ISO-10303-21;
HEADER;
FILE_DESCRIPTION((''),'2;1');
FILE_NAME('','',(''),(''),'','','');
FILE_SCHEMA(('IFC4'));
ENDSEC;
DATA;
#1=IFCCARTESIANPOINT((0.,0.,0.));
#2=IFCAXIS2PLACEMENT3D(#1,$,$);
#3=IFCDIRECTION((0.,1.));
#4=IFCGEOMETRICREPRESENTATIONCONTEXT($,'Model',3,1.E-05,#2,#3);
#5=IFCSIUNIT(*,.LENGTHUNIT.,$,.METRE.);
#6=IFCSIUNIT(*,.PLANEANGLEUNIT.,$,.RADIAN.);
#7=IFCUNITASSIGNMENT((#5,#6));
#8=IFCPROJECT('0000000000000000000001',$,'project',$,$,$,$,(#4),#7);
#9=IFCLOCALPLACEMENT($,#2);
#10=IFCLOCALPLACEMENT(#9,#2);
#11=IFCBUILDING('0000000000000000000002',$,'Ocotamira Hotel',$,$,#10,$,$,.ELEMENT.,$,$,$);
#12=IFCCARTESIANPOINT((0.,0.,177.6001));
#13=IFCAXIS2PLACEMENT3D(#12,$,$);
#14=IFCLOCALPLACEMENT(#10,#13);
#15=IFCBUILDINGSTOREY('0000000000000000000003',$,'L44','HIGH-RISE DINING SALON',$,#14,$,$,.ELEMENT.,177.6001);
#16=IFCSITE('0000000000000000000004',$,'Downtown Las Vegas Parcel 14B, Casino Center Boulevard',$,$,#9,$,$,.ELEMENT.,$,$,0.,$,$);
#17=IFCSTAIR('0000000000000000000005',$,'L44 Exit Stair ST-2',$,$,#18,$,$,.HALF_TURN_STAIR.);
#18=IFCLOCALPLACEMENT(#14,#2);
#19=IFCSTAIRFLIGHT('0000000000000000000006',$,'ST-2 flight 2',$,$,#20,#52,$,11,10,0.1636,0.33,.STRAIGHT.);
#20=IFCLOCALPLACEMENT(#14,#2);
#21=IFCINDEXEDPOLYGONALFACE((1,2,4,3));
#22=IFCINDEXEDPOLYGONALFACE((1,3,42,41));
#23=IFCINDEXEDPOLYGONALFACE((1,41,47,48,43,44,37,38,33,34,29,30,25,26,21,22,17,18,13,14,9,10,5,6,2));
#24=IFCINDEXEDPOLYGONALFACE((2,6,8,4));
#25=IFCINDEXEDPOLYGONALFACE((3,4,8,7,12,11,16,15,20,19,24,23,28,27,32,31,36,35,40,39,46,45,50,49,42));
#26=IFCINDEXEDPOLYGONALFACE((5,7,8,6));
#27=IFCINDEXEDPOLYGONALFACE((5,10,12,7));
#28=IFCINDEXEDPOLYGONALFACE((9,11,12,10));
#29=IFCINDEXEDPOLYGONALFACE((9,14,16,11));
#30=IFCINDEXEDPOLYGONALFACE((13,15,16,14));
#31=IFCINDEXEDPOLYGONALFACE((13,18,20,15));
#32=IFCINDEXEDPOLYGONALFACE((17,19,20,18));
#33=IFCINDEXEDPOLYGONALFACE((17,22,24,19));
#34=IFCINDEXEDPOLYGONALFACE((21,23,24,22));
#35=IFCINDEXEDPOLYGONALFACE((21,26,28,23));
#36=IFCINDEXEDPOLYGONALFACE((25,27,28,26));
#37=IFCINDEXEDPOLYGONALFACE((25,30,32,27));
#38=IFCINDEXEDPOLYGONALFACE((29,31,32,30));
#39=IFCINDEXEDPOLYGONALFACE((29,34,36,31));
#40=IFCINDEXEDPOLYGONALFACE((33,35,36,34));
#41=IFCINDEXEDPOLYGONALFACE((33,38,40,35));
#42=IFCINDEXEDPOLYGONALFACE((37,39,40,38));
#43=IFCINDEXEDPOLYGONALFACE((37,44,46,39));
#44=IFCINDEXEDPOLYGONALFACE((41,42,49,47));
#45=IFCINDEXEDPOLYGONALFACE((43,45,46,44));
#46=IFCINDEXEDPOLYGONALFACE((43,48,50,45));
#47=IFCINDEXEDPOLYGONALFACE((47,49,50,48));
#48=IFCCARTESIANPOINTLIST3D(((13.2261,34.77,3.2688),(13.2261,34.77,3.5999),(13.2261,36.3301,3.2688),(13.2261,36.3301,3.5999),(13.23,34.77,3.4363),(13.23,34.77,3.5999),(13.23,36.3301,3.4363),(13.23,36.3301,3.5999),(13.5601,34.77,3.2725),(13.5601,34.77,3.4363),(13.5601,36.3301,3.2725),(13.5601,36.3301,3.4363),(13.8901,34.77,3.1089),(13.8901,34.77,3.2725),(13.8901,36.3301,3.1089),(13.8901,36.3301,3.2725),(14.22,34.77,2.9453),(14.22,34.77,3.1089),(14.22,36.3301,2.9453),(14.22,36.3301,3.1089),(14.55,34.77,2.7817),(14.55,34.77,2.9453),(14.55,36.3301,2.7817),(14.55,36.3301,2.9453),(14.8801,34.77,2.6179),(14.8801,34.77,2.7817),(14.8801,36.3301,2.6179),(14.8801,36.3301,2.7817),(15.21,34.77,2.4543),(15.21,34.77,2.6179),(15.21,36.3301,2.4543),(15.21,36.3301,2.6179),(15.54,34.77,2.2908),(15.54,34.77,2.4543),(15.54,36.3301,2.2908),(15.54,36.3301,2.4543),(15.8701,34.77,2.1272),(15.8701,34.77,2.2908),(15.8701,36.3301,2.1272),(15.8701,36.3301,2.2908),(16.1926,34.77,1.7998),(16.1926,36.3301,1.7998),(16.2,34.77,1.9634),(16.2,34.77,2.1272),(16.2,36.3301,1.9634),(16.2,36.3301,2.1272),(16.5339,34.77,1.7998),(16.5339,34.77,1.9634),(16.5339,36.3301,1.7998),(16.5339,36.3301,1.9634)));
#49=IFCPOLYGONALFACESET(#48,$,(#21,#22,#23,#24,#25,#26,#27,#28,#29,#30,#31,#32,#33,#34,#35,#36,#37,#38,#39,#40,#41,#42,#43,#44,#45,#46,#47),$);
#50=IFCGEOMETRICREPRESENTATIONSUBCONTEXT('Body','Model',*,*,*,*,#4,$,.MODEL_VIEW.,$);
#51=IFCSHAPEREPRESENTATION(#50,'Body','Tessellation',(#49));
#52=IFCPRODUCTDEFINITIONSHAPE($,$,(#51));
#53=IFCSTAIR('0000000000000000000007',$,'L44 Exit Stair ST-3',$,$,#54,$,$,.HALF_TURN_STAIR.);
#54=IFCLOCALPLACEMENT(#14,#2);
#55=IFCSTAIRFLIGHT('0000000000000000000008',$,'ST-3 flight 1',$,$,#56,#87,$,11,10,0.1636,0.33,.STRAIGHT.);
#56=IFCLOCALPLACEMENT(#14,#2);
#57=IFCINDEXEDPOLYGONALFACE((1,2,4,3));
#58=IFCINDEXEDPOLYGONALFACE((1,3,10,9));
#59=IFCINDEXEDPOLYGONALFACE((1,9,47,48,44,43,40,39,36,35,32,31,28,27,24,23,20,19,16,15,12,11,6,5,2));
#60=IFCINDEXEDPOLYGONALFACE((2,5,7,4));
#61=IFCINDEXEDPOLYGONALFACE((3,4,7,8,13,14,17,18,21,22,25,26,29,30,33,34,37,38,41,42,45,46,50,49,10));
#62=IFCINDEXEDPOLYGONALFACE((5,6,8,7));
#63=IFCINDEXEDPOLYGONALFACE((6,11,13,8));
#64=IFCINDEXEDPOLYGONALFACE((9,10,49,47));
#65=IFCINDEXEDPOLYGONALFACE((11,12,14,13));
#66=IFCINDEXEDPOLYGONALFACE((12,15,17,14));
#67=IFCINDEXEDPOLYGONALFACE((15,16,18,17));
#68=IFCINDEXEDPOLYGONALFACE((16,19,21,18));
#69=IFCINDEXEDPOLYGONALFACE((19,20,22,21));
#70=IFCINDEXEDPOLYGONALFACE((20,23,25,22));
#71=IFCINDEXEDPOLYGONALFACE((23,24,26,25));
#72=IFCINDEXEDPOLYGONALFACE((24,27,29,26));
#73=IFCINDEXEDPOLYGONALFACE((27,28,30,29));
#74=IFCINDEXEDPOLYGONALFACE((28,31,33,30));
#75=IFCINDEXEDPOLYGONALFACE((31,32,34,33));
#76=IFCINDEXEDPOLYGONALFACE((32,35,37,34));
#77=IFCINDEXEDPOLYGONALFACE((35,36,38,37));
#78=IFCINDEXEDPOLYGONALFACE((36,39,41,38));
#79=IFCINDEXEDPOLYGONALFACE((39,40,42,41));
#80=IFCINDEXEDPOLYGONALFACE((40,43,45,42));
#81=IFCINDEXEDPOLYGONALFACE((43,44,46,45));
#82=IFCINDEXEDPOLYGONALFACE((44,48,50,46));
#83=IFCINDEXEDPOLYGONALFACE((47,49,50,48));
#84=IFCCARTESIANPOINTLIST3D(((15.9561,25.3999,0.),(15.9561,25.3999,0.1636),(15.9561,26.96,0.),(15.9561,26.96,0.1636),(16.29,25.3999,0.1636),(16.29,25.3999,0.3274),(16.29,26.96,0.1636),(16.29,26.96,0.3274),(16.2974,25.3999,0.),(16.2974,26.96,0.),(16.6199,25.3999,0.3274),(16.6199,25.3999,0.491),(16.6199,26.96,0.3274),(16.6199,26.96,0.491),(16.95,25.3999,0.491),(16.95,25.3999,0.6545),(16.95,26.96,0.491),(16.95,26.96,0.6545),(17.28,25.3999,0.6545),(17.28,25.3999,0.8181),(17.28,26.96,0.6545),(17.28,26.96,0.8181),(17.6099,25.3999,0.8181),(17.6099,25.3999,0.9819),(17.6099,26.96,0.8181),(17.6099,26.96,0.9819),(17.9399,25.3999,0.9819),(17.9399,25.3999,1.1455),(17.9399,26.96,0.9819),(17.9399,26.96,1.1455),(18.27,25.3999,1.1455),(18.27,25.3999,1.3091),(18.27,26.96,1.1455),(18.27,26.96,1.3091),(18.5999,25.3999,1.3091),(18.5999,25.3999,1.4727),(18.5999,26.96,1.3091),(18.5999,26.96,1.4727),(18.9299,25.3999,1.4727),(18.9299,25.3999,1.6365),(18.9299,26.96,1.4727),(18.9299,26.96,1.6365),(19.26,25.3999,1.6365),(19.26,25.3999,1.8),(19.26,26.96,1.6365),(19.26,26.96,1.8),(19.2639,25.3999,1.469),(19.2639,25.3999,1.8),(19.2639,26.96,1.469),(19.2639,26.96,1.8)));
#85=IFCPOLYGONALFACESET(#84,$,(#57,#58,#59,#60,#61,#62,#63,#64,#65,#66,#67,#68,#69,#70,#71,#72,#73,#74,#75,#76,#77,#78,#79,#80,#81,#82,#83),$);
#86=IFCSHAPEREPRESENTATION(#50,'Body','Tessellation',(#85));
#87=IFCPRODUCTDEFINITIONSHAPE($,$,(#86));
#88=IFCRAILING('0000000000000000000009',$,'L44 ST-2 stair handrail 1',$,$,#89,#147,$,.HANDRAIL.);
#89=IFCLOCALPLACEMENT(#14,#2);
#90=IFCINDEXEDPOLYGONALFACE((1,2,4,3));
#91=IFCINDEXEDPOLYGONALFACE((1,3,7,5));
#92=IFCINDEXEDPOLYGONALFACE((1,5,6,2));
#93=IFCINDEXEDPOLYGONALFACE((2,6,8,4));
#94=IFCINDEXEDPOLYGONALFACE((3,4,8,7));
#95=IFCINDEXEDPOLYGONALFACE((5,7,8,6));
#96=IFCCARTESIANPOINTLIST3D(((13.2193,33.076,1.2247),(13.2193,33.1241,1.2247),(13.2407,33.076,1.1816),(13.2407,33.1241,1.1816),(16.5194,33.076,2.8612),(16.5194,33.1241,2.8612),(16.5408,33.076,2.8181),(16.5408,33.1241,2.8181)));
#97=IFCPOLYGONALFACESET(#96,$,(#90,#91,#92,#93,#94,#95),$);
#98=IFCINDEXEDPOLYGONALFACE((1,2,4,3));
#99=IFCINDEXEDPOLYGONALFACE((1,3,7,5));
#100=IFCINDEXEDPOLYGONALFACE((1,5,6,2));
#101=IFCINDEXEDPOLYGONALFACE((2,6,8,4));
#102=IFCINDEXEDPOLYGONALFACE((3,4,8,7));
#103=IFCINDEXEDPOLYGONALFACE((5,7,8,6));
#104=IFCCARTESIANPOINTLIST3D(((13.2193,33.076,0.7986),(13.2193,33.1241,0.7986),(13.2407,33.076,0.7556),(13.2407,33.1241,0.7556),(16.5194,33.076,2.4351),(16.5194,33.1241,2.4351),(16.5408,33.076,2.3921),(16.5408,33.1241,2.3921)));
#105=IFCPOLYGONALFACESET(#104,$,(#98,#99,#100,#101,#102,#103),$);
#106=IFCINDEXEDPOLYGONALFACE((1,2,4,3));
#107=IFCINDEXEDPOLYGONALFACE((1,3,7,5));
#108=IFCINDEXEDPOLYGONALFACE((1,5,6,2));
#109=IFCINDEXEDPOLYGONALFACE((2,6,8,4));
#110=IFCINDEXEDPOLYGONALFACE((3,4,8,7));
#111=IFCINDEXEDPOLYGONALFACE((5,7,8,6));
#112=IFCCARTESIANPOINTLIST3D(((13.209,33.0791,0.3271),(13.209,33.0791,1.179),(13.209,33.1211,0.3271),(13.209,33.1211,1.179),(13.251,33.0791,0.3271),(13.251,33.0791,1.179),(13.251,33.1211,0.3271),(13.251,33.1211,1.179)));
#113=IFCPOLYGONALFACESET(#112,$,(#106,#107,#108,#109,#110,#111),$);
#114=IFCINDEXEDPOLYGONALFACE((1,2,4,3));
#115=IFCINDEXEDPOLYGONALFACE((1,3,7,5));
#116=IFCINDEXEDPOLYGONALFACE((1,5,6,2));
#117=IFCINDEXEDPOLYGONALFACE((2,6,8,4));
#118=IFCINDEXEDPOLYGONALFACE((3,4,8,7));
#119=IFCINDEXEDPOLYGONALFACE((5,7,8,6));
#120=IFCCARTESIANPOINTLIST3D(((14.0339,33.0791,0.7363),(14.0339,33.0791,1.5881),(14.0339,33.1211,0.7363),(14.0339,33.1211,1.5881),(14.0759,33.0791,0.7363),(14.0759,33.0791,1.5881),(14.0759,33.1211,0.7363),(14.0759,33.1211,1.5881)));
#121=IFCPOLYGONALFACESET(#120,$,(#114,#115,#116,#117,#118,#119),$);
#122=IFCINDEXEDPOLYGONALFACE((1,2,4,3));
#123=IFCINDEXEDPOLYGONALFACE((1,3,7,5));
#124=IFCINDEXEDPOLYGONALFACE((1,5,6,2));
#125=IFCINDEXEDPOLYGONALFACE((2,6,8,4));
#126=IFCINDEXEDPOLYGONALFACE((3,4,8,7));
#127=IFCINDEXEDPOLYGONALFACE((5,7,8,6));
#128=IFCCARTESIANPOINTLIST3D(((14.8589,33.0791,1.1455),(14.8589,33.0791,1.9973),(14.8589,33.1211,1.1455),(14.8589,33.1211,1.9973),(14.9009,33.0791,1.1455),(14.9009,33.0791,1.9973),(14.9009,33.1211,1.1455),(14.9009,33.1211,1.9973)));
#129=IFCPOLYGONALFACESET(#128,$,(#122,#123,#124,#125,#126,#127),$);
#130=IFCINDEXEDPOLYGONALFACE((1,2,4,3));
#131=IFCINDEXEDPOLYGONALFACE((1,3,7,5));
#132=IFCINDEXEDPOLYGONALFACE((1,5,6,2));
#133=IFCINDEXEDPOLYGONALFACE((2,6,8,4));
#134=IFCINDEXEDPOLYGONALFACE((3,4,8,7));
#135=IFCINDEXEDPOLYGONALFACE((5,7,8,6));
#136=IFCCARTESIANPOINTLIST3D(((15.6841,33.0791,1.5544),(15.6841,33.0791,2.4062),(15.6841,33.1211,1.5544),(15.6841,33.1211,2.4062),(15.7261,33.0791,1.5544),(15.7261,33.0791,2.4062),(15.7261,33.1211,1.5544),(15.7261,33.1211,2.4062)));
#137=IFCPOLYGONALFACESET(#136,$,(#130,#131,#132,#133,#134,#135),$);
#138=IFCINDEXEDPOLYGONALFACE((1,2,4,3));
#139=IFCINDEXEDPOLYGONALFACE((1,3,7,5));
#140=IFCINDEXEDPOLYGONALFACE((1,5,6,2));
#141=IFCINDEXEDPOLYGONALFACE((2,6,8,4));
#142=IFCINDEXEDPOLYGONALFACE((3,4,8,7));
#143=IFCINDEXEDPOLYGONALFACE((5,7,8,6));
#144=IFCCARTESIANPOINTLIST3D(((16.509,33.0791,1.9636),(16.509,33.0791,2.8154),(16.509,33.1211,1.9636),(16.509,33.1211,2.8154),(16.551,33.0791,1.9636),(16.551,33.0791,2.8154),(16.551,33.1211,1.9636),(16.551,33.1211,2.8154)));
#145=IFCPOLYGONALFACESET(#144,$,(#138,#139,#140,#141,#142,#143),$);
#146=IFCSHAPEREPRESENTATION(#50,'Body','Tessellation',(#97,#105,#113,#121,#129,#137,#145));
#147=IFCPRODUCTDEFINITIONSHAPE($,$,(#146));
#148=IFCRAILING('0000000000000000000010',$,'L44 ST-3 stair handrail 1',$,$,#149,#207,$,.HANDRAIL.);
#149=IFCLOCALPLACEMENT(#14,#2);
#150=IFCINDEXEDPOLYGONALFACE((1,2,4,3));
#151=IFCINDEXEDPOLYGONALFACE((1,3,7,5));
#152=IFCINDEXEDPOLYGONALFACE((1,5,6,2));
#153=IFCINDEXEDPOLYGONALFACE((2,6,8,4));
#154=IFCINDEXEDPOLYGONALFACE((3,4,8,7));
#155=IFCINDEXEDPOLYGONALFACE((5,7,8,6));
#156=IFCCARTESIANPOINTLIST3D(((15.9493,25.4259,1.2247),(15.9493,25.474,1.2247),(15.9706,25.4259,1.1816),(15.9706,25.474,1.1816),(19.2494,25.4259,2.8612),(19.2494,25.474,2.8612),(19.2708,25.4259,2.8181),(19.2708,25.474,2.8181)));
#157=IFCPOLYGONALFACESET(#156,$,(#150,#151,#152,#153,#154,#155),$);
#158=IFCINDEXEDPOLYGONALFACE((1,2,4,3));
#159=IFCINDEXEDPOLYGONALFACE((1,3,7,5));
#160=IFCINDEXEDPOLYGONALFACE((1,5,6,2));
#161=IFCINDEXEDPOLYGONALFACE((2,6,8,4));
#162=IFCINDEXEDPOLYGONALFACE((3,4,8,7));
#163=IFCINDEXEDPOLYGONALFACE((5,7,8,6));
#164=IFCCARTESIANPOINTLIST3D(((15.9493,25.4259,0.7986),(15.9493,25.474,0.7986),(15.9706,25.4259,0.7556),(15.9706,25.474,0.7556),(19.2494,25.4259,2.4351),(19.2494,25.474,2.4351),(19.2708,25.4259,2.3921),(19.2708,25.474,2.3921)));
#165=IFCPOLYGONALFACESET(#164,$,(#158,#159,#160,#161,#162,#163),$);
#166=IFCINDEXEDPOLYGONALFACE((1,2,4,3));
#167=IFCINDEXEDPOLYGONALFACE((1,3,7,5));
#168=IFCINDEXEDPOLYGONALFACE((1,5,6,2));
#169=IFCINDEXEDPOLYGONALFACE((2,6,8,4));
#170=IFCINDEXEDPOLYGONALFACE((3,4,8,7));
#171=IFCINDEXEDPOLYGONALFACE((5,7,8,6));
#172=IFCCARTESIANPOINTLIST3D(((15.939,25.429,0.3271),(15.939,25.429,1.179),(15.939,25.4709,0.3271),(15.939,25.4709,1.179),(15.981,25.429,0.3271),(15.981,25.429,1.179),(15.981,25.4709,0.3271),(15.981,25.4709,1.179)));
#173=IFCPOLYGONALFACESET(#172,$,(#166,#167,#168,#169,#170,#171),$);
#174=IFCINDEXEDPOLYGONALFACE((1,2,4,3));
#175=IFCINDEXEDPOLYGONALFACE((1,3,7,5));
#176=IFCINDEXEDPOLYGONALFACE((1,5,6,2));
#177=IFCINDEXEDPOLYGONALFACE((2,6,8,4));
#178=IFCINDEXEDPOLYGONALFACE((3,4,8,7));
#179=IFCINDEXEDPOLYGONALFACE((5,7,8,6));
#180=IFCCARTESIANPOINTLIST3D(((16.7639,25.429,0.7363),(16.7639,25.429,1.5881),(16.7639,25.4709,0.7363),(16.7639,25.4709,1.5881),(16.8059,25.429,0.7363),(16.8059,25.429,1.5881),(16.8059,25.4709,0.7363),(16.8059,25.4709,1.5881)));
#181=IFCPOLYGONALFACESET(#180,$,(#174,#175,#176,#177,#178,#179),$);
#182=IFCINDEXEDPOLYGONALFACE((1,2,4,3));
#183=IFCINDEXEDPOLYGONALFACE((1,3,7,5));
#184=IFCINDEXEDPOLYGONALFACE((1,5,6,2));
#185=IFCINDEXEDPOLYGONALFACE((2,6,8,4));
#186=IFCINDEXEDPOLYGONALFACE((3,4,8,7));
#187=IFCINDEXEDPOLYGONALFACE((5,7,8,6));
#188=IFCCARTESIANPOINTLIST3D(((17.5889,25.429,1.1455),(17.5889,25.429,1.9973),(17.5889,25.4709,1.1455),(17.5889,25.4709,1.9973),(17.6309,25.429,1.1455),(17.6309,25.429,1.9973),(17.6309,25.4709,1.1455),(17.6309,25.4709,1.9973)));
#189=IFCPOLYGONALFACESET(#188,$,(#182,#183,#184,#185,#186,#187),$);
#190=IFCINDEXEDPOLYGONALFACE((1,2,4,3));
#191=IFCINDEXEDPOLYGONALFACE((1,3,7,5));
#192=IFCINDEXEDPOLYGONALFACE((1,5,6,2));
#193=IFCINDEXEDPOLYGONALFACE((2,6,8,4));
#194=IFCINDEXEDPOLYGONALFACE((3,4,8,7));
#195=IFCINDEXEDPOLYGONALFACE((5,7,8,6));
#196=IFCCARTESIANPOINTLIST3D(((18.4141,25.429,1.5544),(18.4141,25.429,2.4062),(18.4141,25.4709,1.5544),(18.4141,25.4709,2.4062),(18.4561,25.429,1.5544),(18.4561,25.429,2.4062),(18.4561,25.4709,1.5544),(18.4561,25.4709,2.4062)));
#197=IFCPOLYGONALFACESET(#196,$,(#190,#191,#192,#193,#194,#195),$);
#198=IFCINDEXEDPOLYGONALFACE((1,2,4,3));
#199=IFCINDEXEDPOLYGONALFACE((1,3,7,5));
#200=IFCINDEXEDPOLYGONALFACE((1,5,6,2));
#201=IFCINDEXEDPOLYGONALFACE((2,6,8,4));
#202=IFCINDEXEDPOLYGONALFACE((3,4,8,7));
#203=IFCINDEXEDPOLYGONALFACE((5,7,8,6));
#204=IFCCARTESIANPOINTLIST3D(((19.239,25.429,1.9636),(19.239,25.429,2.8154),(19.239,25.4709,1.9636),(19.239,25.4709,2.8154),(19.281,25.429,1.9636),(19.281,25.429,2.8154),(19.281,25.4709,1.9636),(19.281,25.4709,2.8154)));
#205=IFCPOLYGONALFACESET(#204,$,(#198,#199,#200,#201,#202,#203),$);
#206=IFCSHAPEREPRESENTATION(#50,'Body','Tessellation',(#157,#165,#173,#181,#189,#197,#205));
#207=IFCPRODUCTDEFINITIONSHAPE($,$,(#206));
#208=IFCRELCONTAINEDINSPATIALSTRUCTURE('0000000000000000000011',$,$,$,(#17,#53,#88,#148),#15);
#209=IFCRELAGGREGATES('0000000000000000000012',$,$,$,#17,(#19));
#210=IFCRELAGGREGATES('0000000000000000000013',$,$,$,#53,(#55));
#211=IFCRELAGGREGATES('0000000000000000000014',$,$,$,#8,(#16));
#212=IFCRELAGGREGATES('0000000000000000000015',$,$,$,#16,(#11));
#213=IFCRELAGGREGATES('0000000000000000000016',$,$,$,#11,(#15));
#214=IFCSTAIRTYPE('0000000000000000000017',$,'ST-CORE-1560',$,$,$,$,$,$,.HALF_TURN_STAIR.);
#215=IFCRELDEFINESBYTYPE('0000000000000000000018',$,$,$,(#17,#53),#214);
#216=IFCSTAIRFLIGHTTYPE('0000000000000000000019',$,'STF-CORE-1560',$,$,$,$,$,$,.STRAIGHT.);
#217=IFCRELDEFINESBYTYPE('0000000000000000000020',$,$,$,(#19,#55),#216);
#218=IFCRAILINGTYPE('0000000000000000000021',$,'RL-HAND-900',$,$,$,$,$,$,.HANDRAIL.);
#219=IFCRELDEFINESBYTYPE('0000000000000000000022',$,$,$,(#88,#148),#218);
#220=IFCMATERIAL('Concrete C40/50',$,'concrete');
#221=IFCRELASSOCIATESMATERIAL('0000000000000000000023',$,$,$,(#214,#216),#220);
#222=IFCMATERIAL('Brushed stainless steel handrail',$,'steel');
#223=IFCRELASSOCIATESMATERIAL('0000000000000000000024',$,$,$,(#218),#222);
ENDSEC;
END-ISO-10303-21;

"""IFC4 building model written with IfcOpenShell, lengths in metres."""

from ifc_helpers import new_model, si_unit, direction, frame, origin, origin_2d, place, context, subcontext, project, spatial, polyline, rectangle, outline, extrude, source, transform, mapped, material, type_object, element, aggregate, save


model = new_model("IFC4")

# Units and contexts
model_context = context("Model", 3, precision=1e-05, world=origin(), true_north=direction((0.0, 1.0)))
body_context = subcontext(model_context, "Body", "Model", "MODEL_VIEW")
ifc_project = project(units=[si_unit("LENGTHUNIT", "METRE"), si_unit("PLANEANGLEUNIT", "RADIAN")], contexts=[model_context])

# Site, building, storey
site_placement = place(None, origin())
site = spatial("IfcSite", under=ifc_project, at=site_placement, Name="Downtown Las Vegas Parcel 14B, Casino Center Boulevard", CompositionType="ELEMENT", RefElevation=0.0)
building_placement = place(site_placement, origin())
building = spatial("IfcBuilding", under=site, at=building_placement, Name="Ocotamira Hotel", CompositionType="ELEMENT")
storey_placement = place(building_placement, frame((0.0, 0.0, 177.6001)))
storey = spatial("IfcBuildingStorey", under=building, at=storey_placement, Name="L44", Description="HIGH-RISE DINING SALON", CompositionType="ELEMENT", Elevation=177.6001)

# Stair, stair flight
ifc_material_1 = material(Name="Concrete C40/50", Category="concrete")
stair_type = type_object("IfcStairType", Name="ST-CORE-1560", PredefinedType="HALF_TURN_STAIR", material=ifc_material_1)
stair_1_placement = place(storey_placement, origin())
stair_1 = element("IfcStair", 1, at=stair_1_placement, inside=storey, type_object=stair_type, Name="L44 Exit Stair ST-2", PredefinedType="HALF_TURN_STAIR")
stair_flight_type = type_object("IfcStairFlightType", Name="STF-CORE-1560", PredefinedType="STRAIGHT", material=ifc_material_1)
shared_shape_1 = source(origin(), body_context, "Body", "SweptSolid", [
    extrude(outline(polyline([(-0.0039, 0.0), (-0.0039, 0.1636), (0.3301, 0.1636), (0.3301, 0.3274), (0.6599, 0.3274), (0.6599, 0.491), (0.99, 0.491), (0.99, 0.6545), (1.3201, 0.6545), (1.3201, 0.8181), (1.6499, 0.8181), (1.6499, 0.9819), (1.98, 0.9819), (1.98, 1.1455), (2.3101, 1.1455), (2.3101, 1.3091), (2.6399, 1.3091), (2.6399, 1.4727), (2.97, 1.4727), (2.97, 1.6365), (3.3, 1.6365), (3.3, 1.8), (3.304, 1.8), (3.304, 1.469), (0.3374, 0.0), (-0.0039, 0.0)])), frame((0.0, 0.78, 0.0), z_axis=(0.0, -1.0, 0.0), x_axis=(1.0, 0.0, 0.0)), (0.0, 0.0, 1.0), 1.5601),
])
stair_flight_1_placement = place(storey_placement, frame((16.53, 35.55, 1.7998), z_axis=(0.0, 0.0, 1.0), x_axis=(-1.0, 0.0, 0.0)))
stair_flight_1 = element("IfcStairFlight", 2, at=stair_flight_1_placement, type_object=stair_flight_type, Name="ST-2 flight 2", NumberOfRisers=11, NumberOfTreads=10, PredefinedType="STRAIGHT", RiserHeight=0.1636, TreadLength=0.33, context=body_context, shape_type="MappedRepresentation", body=[
    mapped(shared_shape_1, transform((0.0, 0.0, 0.0), scale=1.0)),
])
aggregate(stair_1, [stair_flight_1])

# Stair, stair flight
stair_2_placement = place(storey_placement, origin())
stair_2 = element("IfcStair", 3, at=stair_2_placement, inside=storey, type_object=stair_type, Name="L44 Exit Stair ST-3", PredefinedType="HALF_TURN_STAIR")
stair_flight_2_placement = place(storey_placement, frame((15.96, 26.1799, 0.0), z_axis=(0.0, 0.0, 1.0), x_axis=(1.0, 0.0, 0.0)))
stair_flight_2 = element("IfcStairFlight", 4, at=stair_flight_2_placement, type_object=stair_flight_type, Name="ST-3 flight 1", NumberOfRisers=11, NumberOfTreads=10, PredefinedType="STRAIGHT", RiserHeight=0.1636, TreadLength=0.33, context=body_context, shape_type="MappedRepresentation", body=[
    mapped(shared_shape_1, transform((0.0, 0.0, 0.0), scale=1.0)),
])
aggregate(stair_2, [stair_flight_2])

# Railings
ifc_material_2 = material(Name="Brushed stainless steel handrail", Category="steel")
railing_type_1 = type_object("IfcRailingType", Name="RL-HAND-900", PredefinedType="HANDRAIL", material=ifc_material_2)
for number, where, name in (
    (5, (13.23, 33.1001, 0.3271), "L44 ST-2 stair handrail 1"),
    (6, (15.96, 25.45, 0.3271), "L44 ST-3 stair handrail 1"),
):
    element("IfcRailing", number, at=place(storey_placement, frame(where)), inside=storey, type_object=railing_type_1, Name=name, PredefinedType="HANDRAIL", context=body_context, shape_type="SweptSolid", body=[
        extrude(rectangle(XDim=0.0481, YDim=0.0481, at=origin_2d()), frame((0.0, 0.0, 0.876), z_axis=(0.895894, 0.0, 0.444268), x_axis=(0.0, 1.0, 0.0)), (0.0, 0.0, 1.0), 3.6836),
        extrude(rectangle(XDim=0.0481, YDim=0.0481, at=origin_2d()), frame((0.0, 0.0, 0.45), z_axis=(0.895894, 0.0, 0.444268), x_axis=(0.0, 1.0, 0.0)), (0.0, 0.0, 1.0), 3.6836),
        extrude(rectangle(XDim=0.042, YDim=0.042, at=origin_2d()), origin(), (0.0, 0.0, 1.0), 0.8518),
        extrude(rectangle(XDim=0.042, YDim=0.042, at=origin_2d()), frame((0.825, 0.0, 0.4092)), (0.0, 0.0, 1.0), 0.8518),
        extrude(rectangle(XDim=0.042, YDim=0.042, at=origin_2d()), frame((1.6499, 0.0, 0.8184)), (0.0, 0.0, 1.0), 0.8518),
        extrude(rectangle(XDim=0.042, YDim=0.042, at=origin_2d()), frame((2.4751, 0.0, 1.2273)), (0.0, 0.0, 1.0), 0.8518),
        extrude(rectangle(XDim=0.042, YDim=0.042, at=origin_2d()), frame((3.3, 0.0, 1.6365)), (0.0, 0.0, 1.0), 0.8518),
    ])

save(model, "model.ifc")
